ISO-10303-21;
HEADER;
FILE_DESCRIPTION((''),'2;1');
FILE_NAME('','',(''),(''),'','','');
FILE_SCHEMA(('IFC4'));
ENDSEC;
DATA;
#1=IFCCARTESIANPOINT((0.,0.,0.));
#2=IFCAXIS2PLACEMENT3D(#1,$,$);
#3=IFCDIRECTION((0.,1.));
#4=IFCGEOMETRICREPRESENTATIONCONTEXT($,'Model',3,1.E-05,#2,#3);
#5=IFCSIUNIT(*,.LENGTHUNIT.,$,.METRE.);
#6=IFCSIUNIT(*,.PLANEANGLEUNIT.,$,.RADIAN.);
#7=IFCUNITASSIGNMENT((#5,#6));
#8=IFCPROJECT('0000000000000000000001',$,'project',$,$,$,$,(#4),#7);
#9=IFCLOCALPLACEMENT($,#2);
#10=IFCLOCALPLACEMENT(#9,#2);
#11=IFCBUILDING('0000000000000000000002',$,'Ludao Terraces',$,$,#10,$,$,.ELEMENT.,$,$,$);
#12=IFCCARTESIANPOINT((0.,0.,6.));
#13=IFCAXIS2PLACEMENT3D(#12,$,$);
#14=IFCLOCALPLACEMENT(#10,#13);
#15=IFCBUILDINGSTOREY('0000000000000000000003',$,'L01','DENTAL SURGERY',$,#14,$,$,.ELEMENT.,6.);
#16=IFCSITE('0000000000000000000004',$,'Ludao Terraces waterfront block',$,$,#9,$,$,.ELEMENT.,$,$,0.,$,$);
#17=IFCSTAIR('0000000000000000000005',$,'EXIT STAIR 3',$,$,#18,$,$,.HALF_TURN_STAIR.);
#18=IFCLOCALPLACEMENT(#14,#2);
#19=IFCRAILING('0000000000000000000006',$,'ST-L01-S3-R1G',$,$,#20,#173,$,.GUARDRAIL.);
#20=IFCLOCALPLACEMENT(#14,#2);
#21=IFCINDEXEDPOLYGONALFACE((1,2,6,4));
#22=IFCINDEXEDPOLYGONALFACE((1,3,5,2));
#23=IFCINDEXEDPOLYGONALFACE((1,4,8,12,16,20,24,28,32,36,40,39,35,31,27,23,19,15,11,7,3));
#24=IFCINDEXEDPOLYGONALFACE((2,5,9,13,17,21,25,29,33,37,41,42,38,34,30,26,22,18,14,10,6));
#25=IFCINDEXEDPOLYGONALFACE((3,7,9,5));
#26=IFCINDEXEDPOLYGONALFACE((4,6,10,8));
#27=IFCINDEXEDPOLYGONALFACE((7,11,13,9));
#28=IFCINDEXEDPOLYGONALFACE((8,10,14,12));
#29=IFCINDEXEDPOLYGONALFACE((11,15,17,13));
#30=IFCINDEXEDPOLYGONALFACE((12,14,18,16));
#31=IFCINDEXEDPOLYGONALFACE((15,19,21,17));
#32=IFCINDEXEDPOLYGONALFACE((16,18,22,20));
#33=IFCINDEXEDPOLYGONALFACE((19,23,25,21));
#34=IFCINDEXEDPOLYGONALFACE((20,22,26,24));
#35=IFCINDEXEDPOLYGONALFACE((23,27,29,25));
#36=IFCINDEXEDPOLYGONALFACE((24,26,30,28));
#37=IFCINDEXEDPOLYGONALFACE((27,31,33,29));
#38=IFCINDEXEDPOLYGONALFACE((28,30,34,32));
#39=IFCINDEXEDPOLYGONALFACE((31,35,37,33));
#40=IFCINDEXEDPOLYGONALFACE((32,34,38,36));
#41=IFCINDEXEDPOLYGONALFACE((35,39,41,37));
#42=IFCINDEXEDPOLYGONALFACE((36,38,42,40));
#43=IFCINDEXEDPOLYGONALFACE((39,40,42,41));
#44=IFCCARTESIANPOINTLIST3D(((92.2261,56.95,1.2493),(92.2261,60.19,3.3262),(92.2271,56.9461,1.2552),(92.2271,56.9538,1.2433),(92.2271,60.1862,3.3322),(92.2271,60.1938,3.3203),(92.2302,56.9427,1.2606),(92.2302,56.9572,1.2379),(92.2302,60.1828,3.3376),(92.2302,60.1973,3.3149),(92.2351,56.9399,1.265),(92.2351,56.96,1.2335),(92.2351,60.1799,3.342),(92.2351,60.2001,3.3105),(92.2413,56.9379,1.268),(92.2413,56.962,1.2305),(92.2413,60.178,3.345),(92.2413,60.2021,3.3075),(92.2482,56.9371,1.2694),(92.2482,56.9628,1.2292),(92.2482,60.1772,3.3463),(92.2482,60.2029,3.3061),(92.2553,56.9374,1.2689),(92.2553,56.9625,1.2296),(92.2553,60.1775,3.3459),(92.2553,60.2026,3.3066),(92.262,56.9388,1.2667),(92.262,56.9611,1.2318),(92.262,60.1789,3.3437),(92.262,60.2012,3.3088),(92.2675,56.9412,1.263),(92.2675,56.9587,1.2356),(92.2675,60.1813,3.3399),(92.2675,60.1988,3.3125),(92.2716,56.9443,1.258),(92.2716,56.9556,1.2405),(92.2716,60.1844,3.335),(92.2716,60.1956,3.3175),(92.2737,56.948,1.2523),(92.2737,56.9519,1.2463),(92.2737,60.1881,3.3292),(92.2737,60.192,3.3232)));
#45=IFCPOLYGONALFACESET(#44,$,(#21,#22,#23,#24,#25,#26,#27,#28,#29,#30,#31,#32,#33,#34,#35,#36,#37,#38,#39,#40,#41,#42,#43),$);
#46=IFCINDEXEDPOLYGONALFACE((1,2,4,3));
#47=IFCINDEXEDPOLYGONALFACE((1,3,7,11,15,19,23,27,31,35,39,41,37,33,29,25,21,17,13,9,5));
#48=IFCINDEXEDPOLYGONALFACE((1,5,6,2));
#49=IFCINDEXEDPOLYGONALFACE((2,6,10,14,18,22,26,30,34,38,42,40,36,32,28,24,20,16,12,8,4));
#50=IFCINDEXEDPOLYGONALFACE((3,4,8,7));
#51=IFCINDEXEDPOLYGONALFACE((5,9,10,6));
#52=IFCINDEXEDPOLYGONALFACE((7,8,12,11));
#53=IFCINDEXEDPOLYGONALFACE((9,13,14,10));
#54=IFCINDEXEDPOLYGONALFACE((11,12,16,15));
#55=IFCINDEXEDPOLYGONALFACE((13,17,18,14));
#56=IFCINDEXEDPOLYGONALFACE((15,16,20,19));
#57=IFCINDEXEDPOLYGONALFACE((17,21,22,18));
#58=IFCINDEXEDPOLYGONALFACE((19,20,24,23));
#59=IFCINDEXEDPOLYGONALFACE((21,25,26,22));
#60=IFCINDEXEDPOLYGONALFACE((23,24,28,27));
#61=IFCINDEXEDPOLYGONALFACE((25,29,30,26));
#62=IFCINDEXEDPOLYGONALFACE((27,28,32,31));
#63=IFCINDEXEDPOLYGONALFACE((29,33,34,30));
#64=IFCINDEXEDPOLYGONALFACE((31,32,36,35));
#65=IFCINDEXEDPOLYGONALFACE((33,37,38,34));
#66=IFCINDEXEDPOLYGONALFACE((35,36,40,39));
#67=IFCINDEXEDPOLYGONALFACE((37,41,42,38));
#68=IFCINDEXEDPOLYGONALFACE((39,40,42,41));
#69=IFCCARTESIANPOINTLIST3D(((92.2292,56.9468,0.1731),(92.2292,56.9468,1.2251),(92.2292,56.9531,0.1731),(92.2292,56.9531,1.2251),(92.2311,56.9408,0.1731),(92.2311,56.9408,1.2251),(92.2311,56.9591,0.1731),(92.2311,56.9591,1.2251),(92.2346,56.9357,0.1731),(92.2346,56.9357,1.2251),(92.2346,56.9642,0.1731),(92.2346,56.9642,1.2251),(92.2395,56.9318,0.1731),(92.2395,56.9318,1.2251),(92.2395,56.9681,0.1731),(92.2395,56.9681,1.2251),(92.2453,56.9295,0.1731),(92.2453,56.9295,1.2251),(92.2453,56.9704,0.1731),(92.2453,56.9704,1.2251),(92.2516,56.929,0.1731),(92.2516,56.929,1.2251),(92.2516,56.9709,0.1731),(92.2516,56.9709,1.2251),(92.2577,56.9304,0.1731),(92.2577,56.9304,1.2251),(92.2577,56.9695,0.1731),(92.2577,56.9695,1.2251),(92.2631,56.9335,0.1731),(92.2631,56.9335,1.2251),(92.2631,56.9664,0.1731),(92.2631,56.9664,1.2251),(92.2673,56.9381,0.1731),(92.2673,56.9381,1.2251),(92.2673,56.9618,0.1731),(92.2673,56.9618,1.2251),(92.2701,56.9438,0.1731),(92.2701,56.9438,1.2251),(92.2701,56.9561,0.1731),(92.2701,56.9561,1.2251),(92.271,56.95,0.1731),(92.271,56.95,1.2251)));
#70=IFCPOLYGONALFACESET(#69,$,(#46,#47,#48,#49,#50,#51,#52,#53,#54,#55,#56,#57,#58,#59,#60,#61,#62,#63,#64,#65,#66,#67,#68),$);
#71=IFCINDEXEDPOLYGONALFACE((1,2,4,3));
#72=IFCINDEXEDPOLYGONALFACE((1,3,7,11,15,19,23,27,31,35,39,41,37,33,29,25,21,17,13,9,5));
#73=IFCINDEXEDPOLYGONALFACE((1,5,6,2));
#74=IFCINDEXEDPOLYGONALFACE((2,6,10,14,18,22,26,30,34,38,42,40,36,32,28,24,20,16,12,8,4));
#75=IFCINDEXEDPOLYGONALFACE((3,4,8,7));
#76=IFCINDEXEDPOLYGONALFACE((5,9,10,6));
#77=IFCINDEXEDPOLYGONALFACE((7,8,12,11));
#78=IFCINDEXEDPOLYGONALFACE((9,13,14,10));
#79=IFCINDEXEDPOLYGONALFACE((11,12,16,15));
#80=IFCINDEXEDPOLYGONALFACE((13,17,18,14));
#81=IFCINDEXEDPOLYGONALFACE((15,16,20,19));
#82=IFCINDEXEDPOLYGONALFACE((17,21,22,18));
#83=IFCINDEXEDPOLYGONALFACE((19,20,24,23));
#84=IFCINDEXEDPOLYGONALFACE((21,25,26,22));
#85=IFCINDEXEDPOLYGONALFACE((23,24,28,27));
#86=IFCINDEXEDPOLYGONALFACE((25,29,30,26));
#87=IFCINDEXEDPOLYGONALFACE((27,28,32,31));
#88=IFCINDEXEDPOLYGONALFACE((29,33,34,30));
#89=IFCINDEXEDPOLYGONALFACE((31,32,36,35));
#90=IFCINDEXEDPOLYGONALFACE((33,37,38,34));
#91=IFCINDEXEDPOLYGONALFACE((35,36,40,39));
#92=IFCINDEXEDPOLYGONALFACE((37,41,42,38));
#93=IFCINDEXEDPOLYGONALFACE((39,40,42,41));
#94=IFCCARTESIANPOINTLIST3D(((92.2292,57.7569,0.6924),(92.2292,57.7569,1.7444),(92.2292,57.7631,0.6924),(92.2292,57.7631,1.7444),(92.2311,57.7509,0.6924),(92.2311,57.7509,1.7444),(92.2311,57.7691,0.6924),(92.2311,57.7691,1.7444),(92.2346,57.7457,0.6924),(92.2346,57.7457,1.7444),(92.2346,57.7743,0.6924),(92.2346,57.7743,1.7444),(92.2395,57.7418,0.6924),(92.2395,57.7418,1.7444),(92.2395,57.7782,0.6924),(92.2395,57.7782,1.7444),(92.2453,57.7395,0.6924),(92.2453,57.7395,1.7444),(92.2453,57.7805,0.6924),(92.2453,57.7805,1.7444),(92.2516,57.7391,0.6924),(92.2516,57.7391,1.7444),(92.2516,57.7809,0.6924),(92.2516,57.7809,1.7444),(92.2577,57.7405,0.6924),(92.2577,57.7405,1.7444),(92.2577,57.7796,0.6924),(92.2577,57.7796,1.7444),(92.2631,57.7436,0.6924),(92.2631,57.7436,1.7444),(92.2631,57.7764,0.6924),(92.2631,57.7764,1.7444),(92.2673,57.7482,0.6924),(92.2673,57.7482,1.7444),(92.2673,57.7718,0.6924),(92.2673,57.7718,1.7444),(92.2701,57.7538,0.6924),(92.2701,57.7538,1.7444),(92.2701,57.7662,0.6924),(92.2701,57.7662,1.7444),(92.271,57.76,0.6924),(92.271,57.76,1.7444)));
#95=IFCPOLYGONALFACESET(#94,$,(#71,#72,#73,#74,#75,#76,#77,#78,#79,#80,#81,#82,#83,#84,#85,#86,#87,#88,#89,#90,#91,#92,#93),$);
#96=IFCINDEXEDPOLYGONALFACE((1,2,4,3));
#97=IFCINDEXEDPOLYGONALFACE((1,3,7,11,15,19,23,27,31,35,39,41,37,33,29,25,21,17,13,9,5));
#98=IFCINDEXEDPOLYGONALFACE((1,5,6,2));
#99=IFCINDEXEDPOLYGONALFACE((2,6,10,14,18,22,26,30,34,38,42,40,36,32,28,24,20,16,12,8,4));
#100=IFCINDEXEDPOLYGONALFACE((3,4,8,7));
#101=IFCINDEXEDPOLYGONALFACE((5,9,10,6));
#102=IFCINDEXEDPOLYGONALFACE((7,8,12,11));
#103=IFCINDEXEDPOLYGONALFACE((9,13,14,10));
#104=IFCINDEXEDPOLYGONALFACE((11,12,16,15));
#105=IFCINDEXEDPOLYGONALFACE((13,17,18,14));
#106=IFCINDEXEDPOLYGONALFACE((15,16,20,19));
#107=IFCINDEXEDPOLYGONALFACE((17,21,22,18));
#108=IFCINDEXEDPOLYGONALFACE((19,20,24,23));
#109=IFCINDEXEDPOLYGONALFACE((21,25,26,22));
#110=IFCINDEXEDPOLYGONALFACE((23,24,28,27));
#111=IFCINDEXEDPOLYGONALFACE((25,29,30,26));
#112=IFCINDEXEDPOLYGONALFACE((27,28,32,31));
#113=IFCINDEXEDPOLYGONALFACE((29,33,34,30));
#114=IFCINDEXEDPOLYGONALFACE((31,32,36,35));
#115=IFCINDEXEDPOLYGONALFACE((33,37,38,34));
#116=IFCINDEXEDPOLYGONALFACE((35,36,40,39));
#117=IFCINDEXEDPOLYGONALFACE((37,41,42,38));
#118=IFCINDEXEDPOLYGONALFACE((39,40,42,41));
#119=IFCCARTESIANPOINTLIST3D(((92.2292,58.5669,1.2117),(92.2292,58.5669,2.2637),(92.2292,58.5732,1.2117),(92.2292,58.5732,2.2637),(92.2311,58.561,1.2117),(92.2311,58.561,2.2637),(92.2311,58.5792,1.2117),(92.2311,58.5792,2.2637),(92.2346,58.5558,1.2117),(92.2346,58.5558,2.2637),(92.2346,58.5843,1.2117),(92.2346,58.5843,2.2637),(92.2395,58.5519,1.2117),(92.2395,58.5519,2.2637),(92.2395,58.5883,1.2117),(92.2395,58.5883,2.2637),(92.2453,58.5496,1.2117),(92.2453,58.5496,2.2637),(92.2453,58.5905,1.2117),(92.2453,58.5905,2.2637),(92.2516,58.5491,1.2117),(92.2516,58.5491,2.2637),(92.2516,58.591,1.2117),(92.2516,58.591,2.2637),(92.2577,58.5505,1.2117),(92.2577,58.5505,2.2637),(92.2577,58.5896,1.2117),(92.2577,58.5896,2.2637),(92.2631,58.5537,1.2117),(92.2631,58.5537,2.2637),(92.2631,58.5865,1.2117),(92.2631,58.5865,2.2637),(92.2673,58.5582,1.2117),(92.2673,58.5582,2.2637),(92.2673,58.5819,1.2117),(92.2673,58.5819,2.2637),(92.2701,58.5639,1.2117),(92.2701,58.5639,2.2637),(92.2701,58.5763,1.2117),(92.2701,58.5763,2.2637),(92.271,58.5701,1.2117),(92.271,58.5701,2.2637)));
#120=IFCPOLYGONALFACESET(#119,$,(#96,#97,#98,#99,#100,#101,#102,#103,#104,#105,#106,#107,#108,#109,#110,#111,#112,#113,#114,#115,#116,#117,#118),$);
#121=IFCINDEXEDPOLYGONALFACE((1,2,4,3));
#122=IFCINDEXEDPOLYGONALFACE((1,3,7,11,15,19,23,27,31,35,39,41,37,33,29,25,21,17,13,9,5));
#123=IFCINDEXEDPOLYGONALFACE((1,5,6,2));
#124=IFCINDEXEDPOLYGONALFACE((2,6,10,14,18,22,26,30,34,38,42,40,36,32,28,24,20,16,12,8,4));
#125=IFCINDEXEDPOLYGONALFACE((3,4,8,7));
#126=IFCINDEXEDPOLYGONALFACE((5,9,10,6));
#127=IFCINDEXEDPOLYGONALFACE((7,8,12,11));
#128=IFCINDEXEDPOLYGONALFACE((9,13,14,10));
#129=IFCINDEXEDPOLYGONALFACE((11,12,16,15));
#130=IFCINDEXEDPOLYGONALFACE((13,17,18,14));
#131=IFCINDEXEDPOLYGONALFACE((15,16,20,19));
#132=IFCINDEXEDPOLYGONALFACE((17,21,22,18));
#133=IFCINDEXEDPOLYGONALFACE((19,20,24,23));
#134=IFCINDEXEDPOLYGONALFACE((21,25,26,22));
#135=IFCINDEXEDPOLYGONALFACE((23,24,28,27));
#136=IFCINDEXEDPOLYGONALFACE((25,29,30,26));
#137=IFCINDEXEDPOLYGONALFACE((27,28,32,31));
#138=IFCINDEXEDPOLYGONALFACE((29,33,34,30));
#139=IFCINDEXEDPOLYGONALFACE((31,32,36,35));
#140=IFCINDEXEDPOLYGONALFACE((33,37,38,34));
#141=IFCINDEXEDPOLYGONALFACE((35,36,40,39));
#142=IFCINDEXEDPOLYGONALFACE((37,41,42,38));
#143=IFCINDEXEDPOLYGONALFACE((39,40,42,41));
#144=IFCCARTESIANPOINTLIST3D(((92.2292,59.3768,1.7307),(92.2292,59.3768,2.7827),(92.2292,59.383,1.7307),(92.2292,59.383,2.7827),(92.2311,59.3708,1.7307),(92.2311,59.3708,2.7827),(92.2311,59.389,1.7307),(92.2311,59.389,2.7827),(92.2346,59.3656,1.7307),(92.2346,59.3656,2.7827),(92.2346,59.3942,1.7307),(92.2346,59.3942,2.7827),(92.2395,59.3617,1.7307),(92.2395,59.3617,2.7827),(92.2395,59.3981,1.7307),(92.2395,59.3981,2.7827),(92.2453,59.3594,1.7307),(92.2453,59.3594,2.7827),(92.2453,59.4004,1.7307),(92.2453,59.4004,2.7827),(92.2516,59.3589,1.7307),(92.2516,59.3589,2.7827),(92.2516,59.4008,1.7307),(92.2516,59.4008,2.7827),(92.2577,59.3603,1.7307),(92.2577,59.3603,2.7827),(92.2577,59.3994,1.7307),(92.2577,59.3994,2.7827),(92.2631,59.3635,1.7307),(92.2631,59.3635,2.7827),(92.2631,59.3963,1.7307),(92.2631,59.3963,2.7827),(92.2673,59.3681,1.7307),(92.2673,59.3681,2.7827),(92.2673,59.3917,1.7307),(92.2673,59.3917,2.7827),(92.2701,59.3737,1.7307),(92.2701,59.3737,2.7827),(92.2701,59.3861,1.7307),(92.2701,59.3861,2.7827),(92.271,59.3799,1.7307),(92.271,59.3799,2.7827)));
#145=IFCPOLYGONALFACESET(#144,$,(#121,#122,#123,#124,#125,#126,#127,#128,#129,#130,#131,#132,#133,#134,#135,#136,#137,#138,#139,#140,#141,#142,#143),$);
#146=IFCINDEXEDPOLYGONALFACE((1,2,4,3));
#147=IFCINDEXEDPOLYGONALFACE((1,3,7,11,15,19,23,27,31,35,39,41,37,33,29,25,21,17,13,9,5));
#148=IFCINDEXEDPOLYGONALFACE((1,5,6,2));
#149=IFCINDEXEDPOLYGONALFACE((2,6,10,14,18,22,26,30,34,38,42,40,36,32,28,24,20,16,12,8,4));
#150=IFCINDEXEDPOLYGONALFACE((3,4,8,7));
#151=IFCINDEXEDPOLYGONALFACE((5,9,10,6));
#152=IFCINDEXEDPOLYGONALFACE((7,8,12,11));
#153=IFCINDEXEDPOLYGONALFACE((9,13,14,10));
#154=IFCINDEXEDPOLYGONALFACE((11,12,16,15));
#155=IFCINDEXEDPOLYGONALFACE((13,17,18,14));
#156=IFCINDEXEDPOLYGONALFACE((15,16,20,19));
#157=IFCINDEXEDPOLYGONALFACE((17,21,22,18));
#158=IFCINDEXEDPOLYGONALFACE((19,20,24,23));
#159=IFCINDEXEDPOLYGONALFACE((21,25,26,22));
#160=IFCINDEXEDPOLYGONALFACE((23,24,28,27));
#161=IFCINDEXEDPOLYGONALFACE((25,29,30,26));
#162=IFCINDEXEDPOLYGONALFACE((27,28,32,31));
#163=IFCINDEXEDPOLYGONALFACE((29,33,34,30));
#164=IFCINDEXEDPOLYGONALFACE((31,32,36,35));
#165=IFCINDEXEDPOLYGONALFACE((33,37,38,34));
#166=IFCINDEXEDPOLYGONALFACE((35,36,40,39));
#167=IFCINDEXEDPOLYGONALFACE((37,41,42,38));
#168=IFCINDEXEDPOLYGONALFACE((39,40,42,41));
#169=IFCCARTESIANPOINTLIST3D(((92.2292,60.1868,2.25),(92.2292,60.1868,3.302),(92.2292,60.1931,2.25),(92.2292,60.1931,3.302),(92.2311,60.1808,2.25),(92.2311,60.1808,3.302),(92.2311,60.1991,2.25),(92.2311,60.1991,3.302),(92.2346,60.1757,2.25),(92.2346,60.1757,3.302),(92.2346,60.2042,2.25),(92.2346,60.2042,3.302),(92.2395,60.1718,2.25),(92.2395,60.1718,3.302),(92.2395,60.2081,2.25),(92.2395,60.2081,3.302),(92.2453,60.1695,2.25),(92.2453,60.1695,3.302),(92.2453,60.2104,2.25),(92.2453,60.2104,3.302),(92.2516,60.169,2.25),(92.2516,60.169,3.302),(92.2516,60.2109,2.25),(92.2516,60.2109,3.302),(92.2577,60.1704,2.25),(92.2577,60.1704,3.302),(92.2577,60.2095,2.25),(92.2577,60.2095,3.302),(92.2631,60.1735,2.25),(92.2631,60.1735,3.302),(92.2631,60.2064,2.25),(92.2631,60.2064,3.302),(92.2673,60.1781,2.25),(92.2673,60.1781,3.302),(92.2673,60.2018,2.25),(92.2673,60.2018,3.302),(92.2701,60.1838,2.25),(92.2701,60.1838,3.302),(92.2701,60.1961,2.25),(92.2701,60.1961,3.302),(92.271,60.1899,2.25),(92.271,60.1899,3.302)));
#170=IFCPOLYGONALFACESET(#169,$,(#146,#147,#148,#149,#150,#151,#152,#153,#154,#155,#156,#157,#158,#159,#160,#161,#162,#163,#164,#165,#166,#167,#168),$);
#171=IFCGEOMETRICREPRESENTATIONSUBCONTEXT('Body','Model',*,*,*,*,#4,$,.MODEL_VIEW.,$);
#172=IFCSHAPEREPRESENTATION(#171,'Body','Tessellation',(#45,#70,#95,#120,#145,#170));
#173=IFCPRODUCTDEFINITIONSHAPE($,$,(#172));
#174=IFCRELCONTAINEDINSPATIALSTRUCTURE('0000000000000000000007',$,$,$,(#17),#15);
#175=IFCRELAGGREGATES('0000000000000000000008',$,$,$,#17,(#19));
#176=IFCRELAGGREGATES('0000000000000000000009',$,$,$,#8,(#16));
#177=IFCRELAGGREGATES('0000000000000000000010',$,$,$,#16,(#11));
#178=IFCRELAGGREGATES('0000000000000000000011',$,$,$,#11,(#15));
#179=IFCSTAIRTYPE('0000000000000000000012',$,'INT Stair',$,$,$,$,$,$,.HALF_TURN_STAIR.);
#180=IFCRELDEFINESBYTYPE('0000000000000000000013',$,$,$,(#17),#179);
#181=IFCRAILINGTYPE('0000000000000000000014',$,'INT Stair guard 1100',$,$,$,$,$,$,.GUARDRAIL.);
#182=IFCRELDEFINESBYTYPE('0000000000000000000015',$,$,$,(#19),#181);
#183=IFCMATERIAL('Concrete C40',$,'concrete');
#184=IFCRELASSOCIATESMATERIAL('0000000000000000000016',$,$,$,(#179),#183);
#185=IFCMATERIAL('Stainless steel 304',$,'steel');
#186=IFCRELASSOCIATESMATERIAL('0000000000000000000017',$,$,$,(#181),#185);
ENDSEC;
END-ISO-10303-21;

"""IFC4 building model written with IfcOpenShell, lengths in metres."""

from ifc_helpers import new_model, si_unit, direction, frame, origin, origin_2d, place, context, subcontext, project, spatial, circle, extrude, material, type_object, element, aggregate, save


model = new_model("IFC4")

# Units and contexts
model_context = context("Model", 3, precision=1e-05, world=origin(), true_north=direction((0.0, 1.0)))
body_context = subcontext(model_context, "Body", "Model", "MODEL_VIEW")
ifc_project = project(units=[si_unit("LENGTHUNIT", "METRE"), si_unit("PLANEANGLEUNIT", "RADIAN")], contexts=[model_context])

# Site, building, storey
site_placement = place(None, origin())
site = spatial("IfcSite", under=ifc_project, at=site_placement, Name="Ludao Terraces waterfront block", CompositionType="ELEMENT", RefElevation=0.0)
building_placement = place(site_placement, origin())
building = spatial("IfcBuilding", under=site, at=building_placement, Name="Ludao Terraces", CompositionType="ELEMENT")
storey_placement = place(building_placement, frame((0.0, 0.0, 6.0)))
storey = spatial("IfcBuildingStorey", under=building, at=storey_placement, Name="L01", Description="DENTAL SURGERY", CompositionType="ELEMENT", Elevation=6.0)

# Stair, railing
ifc_material_1 = material(Name="Concrete C40", Category="concrete")
stair_type = type_object("IfcStairType", Name="INT Stair", PredefinedType="HALF_TURN_STAIR", material=ifc_material_1)
stair_placement = place(storey_placement, origin())
stair = element("IfcStair", 1, at=stair_placement, inside=storey, type_object=stair_type, Name="EXIT STAIR 3", PredefinedType="HALF_TURN_STAIR")
ifc_material_2 = material(Name="Stainless steel 304", Category="steel")
railing_type_1 = type_object("IfcRailingType", Name="INT Stair guard 1100", PredefinedType="GUARDRAIL", material=ifc_material_2)
railing_1_placement = place(storey_placement, frame((92.25, 56.95, 0.1731)))
railing_1 = element("IfcRailing", 2, at=railing_1_placement, type_object=railing_type_1, Name="ST-L01-S3-R1G", PredefinedType="GUARDRAIL", context=body_context, shape_type="SweptSolid", body=[
    extrude(circle(Radius=0.0239, at=origin_2d()), frame((0.0, 0.0, 1.0762), z_axis=(0.0, 0.841881, 0.539664), x_axis=(-1.0, 0.0, 0.0)), (0.0, 0.0, 1.0), 3.8486),
    extrude(circle(Radius=0.021, at=origin_2d()), origin(), (0.0, 0.0, 1.0), 1.052),
    extrude(circle(Radius=0.021, at=origin_2d()), frame((0.0, 0.8101, 0.5193)), (0.0, 0.0, 1.0), 1.052),
    extrude(circle(Radius=0.021, at=origin_2d()), frame((0.0, 1.6201, 1.0386)), (0.0, 0.0, 1.0), 1.052),
    extrude(circle(Radius=0.021, at=origin_2d()), frame((0.0, 2.4299, 1.5576)), (0.0, 0.0, 1.0), 1.052),
    extrude(circle(Radius=0.021, at=origin_2d()), frame((0.0, 3.24, 2.0769)), (0.0, 0.0, 1.0), 1.052),
])
aggregate(stair, [railing_1])

save(model, "model.ifc")
